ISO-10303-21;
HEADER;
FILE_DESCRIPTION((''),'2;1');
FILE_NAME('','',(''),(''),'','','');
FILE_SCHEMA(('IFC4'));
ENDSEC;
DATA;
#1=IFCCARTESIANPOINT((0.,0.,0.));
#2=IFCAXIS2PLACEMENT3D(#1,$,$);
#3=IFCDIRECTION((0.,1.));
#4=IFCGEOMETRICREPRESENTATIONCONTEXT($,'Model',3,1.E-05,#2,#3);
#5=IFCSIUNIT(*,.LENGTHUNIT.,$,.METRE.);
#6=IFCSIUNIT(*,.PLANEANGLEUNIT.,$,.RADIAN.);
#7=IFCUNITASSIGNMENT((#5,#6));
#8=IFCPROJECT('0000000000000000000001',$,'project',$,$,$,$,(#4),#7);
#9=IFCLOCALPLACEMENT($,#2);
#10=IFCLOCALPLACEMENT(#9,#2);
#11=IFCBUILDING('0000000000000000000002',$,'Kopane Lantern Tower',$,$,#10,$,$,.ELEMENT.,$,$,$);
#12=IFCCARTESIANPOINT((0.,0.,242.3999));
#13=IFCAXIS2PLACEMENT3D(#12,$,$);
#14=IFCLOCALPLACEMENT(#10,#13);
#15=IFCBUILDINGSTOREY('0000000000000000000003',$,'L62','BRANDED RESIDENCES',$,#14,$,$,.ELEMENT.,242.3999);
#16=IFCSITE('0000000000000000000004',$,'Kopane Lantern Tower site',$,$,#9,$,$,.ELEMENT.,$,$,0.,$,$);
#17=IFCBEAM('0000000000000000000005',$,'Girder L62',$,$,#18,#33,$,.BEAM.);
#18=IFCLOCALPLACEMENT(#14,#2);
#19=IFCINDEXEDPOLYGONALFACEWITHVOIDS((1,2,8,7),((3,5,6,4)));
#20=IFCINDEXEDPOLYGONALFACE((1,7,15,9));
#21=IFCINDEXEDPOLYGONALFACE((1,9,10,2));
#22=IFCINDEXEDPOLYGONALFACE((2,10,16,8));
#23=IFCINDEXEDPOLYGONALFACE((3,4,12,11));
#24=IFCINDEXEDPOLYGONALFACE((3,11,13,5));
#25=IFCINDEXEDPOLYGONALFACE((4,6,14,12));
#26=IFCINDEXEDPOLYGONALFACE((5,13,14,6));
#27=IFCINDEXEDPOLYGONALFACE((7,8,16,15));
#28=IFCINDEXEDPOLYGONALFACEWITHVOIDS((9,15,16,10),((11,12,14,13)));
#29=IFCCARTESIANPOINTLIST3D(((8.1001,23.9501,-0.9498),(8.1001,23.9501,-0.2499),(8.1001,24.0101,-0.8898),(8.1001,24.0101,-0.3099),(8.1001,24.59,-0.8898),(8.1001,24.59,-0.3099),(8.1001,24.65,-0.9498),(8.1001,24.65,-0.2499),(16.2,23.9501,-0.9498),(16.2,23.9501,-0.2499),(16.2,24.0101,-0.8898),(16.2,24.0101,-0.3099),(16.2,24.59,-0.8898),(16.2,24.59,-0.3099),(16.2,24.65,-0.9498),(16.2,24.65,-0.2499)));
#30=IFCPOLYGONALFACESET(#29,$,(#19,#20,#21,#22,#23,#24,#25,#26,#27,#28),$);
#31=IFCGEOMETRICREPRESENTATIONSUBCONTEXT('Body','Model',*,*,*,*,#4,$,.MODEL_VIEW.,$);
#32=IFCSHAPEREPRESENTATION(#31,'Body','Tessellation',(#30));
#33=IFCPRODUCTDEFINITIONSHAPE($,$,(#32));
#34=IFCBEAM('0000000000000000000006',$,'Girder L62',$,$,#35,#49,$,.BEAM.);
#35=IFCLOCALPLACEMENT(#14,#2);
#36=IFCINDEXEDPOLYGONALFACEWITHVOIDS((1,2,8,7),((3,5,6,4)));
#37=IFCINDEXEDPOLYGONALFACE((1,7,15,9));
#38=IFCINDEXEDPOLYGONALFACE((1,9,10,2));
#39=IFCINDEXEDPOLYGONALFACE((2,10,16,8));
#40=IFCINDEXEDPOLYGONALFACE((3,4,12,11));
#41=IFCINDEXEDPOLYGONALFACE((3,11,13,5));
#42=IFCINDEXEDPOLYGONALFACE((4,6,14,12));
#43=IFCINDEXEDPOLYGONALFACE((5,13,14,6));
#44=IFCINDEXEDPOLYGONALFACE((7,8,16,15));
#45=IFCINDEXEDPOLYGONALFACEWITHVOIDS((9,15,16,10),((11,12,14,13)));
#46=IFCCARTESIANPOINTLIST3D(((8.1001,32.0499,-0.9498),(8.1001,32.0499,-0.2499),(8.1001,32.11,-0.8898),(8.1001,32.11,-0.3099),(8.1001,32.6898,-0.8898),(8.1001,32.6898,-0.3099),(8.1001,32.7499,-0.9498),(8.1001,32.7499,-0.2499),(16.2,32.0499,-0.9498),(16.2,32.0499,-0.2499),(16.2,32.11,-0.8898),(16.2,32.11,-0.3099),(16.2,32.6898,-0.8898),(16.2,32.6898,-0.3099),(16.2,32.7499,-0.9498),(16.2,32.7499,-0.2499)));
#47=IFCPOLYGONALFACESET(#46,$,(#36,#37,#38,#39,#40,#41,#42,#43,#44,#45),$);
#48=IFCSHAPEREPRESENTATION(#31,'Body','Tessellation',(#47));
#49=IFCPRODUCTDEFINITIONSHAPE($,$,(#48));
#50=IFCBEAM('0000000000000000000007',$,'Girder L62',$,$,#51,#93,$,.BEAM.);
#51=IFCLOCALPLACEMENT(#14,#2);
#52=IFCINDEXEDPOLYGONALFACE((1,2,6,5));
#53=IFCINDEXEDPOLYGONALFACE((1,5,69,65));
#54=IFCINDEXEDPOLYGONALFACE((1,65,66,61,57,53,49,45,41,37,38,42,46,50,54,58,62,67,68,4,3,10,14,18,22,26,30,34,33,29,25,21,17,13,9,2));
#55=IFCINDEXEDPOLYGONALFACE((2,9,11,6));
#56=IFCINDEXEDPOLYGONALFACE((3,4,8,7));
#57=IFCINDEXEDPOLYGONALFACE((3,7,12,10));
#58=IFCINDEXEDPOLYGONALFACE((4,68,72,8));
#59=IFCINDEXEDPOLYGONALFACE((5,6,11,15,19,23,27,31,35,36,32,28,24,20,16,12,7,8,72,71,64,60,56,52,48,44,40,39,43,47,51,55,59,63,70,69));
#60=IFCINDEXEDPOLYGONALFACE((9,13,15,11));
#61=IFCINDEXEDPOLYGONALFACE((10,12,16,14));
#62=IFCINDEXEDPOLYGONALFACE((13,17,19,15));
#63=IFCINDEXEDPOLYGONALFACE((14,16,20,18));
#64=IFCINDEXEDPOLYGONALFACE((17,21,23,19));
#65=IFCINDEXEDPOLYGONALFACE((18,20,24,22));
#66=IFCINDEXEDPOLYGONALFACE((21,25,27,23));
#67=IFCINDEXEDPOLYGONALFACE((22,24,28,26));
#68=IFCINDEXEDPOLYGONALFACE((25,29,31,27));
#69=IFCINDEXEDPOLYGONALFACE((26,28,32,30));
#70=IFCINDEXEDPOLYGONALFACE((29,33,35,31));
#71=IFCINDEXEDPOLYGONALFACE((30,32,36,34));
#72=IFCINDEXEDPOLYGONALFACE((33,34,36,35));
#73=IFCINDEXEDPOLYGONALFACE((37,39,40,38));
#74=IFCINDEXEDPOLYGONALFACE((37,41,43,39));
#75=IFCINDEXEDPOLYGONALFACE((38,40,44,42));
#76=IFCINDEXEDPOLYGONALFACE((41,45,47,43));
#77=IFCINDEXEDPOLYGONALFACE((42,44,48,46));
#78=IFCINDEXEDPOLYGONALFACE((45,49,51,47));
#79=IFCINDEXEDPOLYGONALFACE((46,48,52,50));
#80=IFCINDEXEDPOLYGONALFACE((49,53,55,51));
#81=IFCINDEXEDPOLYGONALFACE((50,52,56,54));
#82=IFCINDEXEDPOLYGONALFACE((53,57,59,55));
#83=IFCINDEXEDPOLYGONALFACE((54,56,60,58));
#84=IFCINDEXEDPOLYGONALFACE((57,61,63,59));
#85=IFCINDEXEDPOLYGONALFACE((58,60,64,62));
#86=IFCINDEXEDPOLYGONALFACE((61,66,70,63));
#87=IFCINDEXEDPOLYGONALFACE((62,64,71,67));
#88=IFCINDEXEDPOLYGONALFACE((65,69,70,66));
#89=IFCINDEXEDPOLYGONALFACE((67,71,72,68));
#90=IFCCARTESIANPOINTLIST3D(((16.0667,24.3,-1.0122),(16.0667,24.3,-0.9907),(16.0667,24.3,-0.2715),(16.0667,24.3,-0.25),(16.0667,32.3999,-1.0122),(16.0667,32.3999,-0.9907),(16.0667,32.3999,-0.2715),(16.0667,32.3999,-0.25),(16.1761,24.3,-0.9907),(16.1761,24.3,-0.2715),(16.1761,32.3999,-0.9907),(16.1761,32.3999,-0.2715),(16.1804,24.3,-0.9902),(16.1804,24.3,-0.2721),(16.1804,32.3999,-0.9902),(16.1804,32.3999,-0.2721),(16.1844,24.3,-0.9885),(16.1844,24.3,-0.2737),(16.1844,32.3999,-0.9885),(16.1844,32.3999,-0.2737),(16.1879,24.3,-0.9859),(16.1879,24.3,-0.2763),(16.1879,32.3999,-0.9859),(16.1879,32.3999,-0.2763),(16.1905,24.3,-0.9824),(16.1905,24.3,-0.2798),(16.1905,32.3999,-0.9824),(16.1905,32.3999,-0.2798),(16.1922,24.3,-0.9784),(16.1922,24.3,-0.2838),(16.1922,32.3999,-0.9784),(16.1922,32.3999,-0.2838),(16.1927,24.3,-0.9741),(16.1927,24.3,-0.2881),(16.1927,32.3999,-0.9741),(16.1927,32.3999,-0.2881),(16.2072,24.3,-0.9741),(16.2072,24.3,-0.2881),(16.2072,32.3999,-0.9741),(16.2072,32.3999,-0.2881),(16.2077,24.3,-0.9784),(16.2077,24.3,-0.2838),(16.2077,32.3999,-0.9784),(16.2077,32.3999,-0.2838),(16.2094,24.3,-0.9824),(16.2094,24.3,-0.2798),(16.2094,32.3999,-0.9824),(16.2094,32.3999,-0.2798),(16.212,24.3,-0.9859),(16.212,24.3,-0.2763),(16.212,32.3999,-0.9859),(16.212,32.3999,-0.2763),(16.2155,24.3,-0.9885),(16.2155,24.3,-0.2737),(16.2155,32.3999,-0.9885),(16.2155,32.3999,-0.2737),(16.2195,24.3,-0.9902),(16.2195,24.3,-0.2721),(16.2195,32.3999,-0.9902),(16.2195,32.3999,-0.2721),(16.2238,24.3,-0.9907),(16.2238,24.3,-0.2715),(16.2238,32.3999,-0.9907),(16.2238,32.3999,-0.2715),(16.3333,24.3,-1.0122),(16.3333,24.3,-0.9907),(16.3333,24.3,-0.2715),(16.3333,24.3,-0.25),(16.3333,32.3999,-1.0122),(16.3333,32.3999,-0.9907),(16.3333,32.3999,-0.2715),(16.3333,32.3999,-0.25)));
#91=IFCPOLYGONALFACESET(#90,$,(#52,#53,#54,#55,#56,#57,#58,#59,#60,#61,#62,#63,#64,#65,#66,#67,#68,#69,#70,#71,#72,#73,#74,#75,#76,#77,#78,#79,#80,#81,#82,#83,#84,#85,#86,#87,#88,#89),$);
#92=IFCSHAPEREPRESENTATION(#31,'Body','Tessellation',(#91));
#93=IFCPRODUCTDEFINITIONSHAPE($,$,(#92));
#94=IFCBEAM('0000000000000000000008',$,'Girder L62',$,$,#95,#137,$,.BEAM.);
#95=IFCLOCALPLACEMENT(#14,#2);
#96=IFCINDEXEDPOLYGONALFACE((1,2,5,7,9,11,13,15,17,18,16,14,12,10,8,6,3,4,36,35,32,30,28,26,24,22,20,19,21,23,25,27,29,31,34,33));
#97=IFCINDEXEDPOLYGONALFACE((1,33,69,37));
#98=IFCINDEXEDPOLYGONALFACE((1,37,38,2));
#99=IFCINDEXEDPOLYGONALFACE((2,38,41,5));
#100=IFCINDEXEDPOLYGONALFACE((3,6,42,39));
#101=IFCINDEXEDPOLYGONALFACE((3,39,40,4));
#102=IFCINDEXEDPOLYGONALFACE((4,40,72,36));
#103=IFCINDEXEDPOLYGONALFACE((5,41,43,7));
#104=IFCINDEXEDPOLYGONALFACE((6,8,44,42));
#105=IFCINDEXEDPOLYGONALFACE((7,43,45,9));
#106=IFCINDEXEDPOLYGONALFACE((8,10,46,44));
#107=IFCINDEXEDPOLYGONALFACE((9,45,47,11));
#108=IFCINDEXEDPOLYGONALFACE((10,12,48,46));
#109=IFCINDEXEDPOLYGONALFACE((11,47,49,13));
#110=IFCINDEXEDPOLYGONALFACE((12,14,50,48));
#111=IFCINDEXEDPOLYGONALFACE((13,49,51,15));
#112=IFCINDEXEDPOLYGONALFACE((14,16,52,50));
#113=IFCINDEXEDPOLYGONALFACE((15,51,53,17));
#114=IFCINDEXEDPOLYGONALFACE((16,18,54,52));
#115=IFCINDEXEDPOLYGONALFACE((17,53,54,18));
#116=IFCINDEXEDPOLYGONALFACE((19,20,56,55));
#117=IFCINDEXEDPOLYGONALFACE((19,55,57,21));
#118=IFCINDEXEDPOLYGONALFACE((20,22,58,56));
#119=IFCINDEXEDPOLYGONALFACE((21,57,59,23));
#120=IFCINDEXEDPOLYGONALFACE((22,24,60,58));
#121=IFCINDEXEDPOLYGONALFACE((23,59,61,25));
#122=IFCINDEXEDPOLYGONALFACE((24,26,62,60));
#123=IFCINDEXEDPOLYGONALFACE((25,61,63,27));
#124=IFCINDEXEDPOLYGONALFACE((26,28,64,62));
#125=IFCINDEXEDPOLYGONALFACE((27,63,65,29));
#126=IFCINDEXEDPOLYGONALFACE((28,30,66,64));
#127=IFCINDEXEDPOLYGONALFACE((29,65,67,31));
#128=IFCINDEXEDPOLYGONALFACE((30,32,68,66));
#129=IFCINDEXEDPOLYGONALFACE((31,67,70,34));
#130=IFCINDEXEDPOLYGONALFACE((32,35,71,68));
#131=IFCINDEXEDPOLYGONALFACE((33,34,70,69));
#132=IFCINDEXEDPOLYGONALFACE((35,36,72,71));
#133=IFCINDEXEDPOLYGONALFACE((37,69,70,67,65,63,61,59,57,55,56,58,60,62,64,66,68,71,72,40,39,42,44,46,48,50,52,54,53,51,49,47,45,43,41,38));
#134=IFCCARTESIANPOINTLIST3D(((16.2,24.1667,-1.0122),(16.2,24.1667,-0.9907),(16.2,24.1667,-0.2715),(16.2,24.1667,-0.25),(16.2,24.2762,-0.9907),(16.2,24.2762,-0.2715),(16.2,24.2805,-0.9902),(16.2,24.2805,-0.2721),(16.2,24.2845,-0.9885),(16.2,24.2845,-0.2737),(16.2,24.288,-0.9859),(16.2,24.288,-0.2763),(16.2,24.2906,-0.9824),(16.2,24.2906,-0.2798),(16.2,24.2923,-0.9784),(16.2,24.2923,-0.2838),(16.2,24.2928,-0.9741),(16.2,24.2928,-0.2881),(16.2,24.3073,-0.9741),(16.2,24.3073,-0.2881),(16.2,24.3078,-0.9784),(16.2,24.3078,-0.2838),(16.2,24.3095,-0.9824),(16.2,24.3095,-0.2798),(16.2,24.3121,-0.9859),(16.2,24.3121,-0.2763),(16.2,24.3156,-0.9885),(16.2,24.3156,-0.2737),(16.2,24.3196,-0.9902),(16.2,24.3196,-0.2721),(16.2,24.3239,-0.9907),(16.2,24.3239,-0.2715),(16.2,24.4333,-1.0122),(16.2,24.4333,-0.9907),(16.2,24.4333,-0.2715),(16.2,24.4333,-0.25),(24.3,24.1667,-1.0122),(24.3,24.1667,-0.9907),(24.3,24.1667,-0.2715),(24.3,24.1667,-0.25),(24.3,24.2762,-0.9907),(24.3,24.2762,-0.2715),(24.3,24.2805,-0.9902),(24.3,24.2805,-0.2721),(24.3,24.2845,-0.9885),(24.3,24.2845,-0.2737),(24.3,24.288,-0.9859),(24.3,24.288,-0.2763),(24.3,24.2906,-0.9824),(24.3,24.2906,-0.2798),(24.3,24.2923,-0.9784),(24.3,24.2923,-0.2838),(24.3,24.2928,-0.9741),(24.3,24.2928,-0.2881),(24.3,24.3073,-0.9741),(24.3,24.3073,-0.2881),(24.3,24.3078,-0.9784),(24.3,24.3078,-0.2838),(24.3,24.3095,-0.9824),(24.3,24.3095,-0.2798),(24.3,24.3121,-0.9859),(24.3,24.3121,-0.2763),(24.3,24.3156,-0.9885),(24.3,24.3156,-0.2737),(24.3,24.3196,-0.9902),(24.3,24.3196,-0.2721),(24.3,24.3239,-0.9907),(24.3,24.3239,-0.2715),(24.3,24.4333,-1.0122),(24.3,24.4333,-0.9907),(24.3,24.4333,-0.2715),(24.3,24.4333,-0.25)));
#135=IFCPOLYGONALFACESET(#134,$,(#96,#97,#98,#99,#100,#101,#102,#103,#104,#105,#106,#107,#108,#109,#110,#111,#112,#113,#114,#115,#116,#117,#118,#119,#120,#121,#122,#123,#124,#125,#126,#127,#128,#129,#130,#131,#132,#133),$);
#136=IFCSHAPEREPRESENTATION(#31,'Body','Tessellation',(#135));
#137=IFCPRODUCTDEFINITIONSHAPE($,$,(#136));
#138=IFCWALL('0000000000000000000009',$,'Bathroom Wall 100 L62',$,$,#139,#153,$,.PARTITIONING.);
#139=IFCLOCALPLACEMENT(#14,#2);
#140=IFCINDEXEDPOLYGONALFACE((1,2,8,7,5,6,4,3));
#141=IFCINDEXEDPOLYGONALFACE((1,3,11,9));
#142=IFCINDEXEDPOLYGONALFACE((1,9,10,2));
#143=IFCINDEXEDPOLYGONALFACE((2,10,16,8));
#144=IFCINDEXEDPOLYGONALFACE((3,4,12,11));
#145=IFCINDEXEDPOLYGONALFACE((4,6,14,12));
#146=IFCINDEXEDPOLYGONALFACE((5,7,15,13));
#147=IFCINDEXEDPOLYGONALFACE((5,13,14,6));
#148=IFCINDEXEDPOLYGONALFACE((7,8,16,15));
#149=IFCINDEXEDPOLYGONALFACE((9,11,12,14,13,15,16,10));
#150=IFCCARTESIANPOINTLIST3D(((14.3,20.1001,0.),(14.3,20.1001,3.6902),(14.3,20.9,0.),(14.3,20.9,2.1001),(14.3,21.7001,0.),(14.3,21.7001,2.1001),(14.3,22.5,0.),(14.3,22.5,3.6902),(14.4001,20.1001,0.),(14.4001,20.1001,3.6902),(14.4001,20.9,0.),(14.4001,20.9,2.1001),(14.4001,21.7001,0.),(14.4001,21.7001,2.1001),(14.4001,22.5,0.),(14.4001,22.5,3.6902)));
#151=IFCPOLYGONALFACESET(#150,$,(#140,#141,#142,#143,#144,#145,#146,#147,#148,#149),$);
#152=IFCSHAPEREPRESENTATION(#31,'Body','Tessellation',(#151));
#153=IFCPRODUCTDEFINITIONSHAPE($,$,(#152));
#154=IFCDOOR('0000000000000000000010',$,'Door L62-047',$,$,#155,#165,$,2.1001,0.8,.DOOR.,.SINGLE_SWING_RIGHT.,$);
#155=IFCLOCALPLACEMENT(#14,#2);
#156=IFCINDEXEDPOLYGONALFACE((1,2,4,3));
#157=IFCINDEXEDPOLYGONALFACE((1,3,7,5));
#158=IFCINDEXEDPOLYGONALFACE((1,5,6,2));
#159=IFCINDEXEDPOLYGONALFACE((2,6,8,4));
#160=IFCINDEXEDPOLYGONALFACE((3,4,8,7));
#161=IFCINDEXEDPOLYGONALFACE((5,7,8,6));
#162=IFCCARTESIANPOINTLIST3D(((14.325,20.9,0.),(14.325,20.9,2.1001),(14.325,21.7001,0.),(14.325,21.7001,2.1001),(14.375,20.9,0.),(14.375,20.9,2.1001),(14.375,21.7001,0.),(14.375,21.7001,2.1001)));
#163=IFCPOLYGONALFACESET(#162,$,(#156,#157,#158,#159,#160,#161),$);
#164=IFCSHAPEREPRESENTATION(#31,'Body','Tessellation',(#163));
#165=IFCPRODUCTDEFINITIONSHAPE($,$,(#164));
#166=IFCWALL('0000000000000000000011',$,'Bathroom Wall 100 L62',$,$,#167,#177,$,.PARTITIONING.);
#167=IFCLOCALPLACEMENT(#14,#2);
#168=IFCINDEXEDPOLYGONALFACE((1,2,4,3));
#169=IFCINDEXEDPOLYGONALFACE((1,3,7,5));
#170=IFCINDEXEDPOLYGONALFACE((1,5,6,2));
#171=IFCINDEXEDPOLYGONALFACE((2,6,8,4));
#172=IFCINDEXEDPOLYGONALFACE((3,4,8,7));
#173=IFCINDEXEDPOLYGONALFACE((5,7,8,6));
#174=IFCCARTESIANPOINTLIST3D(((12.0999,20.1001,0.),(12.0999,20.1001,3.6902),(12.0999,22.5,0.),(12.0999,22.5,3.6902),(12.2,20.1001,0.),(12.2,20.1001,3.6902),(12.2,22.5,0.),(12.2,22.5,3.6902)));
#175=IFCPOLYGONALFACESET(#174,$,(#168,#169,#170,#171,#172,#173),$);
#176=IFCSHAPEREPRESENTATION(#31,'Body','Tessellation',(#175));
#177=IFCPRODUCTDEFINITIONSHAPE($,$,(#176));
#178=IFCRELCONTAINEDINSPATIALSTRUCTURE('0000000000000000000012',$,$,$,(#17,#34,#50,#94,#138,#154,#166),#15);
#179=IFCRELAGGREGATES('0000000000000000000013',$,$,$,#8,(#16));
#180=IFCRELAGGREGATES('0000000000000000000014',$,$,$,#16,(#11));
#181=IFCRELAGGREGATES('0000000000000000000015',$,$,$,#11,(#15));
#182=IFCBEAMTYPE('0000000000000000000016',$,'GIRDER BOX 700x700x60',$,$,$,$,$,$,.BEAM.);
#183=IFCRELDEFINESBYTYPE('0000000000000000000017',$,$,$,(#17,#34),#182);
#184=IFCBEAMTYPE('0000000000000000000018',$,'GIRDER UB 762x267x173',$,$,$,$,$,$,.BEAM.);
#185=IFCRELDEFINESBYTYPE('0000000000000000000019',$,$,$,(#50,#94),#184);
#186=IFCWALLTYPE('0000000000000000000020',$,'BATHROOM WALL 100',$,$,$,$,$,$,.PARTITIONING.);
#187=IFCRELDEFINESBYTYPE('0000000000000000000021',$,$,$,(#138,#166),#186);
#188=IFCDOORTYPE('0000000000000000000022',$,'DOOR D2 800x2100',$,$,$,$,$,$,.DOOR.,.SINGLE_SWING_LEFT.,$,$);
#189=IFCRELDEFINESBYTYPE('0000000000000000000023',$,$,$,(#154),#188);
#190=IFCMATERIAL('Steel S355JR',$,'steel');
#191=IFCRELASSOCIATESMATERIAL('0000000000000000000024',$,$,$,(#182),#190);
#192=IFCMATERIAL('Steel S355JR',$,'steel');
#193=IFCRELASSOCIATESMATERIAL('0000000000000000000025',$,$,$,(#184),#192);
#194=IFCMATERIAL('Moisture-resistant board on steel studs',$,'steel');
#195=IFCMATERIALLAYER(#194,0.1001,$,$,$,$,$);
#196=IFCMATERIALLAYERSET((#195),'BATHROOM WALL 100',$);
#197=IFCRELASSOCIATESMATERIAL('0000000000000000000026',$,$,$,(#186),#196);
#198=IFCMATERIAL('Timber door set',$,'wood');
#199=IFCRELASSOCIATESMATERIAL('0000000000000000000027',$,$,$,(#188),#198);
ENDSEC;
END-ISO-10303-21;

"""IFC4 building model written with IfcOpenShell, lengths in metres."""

from ifc_helpers import new_model, si_unit, direction, frame, frame_2d, origin, origin_2d, place, context, subcontext, project, spatial, rectangle, hollow_rectangle, i_section, extrude, material, layer, layer_set, material_profile, profile_set, type_object, element, fill, save


model = new_model("IFC4")

# Units and contexts
model_context = context("Model", 3, precision=1e-05, world=origin(), true_north=direction((0.0, 1.0)))
body_context = subcontext(model_context, "Body", "Model", "MODEL_VIEW")
ifc_project = project(units=[si_unit("LENGTHUNIT", "METRE"), si_unit("PLANEANGLEUNIT", "RADIAN")], contexts=[model_context])

# Site, building, storey
site_placement = place(None, origin())
site = spatial("IfcSite", under=ifc_project, at=site_placement, Name="Kopane Lantern Tower site", CompositionType="ELEMENT", RefElevation=0.0)
building_placement = place(site_placement, origin())
building = spatial("IfcBuilding", under=site, at=building_placement, Name="Kopane Lantern Tower", CompositionType="ELEMENT")
storey_placement = place(building_placement, frame((0.0, 0.0, 242.3999)))
storey = spatial("IfcBuildingStorey", under=building, at=storey_placement, Name="L62", Description="BRANDED RESIDENCES", CompositionType="ELEMENT", Elevation=242.3999)

# Beams
ifc_material_1 = material(Name="Steel S355JR", Category="steel")
ifc_material_profile_1 = material_profile(ifc_material_1, hollow_rectangle(XDim=0.7, YDim=0.7, WallThickness=0.0601, at=origin_2d()), Name="BOX 700x700x60")
ifc_profile_set_1 = profile_set([ifc_material_profile_1], Name="Steel S355JR")
beam_type_1 = type_object("IfcBeamType", Name="GIRDER BOX 700x700x60", PredefinedType="BEAM", material=ifc_profile_set_1)
for number, where, z_axis, x_axis, name in (
    (1, (8.1001, 24.3, -0.5999), (1.0, 0.0, 0.0), (0.0, 1.0, 0.0), "Girder L62"),
    (2, (8.1001, 32.3999, -0.5999), (1.0, 0.0, 0.0), (0.0, 1.0, 0.0), "Girder L62"),
):
    element("IfcBeam", number, at=place(storey_placement, frame(where, z_axis=z_axis, x_axis=x_axis)), inside=storey, type_object=beam_type_1, Name=name, PredefinedType="BEAM", context=body_context, shape_type="SweptSolid", body=[
        extrude(hollow_rectangle(XDim=0.7, YDim=0.7, WallThickness=0.0601, at=origin_2d()), origin(), (0.0, 0.0, 1.0), 8.0999),
    ])
ifc_material_2 = material(Name="Steel S355JR", Category="steel")
ifc_material_profile_2 = material_profile(ifc_material_2, i_section(OverallWidth=0.2666, OverallDepth=0.7622, WebThickness=0.0144, FlangeThickness=0.0215, FilletRadius=0.0166, at=origin_2d()), Name="UB 762x267x173")
ifc_profile_set_2 = profile_set([ifc_material_profile_2], Name="Steel S355JR")
beam_type_2 = type_object("IfcBeamType", Name="GIRDER UB 762x267x173", PredefinedType="BEAM", material=ifc_profile_set_2)
beam_1_placement = place(storey_placement, frame((16.2, 24.3, -0.6311), z_axis=(0.0, 1.0, 0.0), x_axis=(-1.0, 0.0, 0.0)))
element("IfcBeam", 3, at=beam_1_placement, inside=storey, type_object=beam_type_2, Name="Girder L62", PredefinedType="BEAM", context=body_context, shape_type="SweptSolid", body=[
    extrude(i_section(OverallWidth=0.2666, OverallDepth=0.7622, WebThickness=0.0144, FlangeThickness=0.0215, FilletRadius=0.0166, at=origin_2d()), origin(), (0.0, 0.0, 1.0), 8.0999),
])
beam_2_placement = place(storey_placement, frame((16.2, 24.3, -0.6311), z_axis=(1.0, 0.0, 0.0), x_axis=(0.0, 1.0, 0.0)))
element("IfcBeam", 4, at=beam_2_placement, inside=storey, type_object=beam_type_2, Name="Girder L62", PredefinedType="BEAM", context=body_context, shape_type="SweptSolid", body=[
    extrude(i_section(OverallWidth=0.2666, OverallDepth=0.7622, WebThickness=0.0144, FlangeThickness=0.0215, FilletRadius=0.0166, at=origin_2d()), origin(), (0.0, 0.0, 1.0), 8.1001),
])

# Wall, opening, door
ifc_material_3 = material(Name="Moisture-resistant board on steel studs", Category="steel")
ifc_layer_1 = layer(ifc_material_3, 0.1001)
ifc_layer_set_1 = layer_set([ifc_layer_1], Name="BATHROOM WALL 100")
wall_type_1 = type_object("IfcWallType", Name="BATHROOM WALL 100", PredefinedType="PARTITIONING", material=ifc_layer_set_1)
wall_1_placement = place(storey_placement, frame((14.3501, 22.5, 0.0), z_axis=(0.0, 0.0, 1.0), x_axis=(0.0, -1.0, 0.0)))
wall_1 = element("IfcWall", 5, at=wall_1_placement, inside=storey, type_object=wall_type_1, Name="Bathroom Wall 100 L62", PredefinedType="PARTITIONING", context=body_context, shape_type="SweptSolid", body=[
    extrude(rectangle(XDim=2.3999, YDim=0.1001, at=frame_2d((1.2, 0.0))), origin(), (0.0, 0.0, 1.0), 3.6902),
])
opening_1_placement = place(wall_1_placement, frame((0.8, 0.0, 0.0)))
opening_1 = element("IfcOpeningElement", 6, at=opening_1_placement, cuts=wall_1, PredefinedType="OPENING", context=body_context, shape_type="SweptSolid", body=[
    extrude(rectangle(XDim=0.8, YDim=2.1001, at=frame_2d((0.3999, 1.05))), frame((0.0, 0.0601, 0.0), z_axis=(0.0, -1.0, 0.0), x_axis=(1.0, 0.0, 0.0)), (0.0, 0.0, 1.0), 0.1201),
])
ifc_material_4 = material(Name="Timber door set", Category="wood")
door_type_1 = type_object("IfcDoorType", Name="DOOR D2 800x2100", OperationType="SINGLE_SWING_LEFT", PredefinedType="DOOR", material=ifc_material_4)
door_1_placement = place(opening_1_placement, origin())
door_1 = element("IfcDoor", 7, at=door_1_placement, inside=storey, type_object=door_type_1, Name="Door L62-047", OperationType="SINGLE_SWING_RIGHT", OverallHeight=2.1001, OverallWidth=0.8, PredefinedType="DOOR", context=body_context, shape_type="SweptSolid", body=[
    extrude(rectangle(XDim=0.8, YDim=2.1001, at=frame_2d((0.3999, 1.05))), frame((0.0, 0.0249, 0.0), z_axis=(0.0, -1.0, 0.0), x_axis=(1.0, 0.0, 0.0)), (0.0, 0.0, 1.0), 0.05),
])
fill(opening_1, door_1)

# Wall
wall_2_placement = place(storey_placement, frame((12.1499, 22.5, 0.0), z_axis=(0.0, 0.0, 1.0), x_axis=(0.0, -1.0, 0.0)))
element("IfcWall", 8, at=wall_2_placement, inside=storey, type_object=wall_type_1, Name="Bathroom Wall 100 L62", PredefinedType="PARTITIONING", context=body_context, shape_type="SweptSolid", body=[
    extrude(rectangle(XDim=2.3999, YDim=0.1001, at=frame_2d((1.2, 0.0))), origin(), (0.0, 0.0, 1.0), 3.6902),
])

save(model, "model.ifc")
